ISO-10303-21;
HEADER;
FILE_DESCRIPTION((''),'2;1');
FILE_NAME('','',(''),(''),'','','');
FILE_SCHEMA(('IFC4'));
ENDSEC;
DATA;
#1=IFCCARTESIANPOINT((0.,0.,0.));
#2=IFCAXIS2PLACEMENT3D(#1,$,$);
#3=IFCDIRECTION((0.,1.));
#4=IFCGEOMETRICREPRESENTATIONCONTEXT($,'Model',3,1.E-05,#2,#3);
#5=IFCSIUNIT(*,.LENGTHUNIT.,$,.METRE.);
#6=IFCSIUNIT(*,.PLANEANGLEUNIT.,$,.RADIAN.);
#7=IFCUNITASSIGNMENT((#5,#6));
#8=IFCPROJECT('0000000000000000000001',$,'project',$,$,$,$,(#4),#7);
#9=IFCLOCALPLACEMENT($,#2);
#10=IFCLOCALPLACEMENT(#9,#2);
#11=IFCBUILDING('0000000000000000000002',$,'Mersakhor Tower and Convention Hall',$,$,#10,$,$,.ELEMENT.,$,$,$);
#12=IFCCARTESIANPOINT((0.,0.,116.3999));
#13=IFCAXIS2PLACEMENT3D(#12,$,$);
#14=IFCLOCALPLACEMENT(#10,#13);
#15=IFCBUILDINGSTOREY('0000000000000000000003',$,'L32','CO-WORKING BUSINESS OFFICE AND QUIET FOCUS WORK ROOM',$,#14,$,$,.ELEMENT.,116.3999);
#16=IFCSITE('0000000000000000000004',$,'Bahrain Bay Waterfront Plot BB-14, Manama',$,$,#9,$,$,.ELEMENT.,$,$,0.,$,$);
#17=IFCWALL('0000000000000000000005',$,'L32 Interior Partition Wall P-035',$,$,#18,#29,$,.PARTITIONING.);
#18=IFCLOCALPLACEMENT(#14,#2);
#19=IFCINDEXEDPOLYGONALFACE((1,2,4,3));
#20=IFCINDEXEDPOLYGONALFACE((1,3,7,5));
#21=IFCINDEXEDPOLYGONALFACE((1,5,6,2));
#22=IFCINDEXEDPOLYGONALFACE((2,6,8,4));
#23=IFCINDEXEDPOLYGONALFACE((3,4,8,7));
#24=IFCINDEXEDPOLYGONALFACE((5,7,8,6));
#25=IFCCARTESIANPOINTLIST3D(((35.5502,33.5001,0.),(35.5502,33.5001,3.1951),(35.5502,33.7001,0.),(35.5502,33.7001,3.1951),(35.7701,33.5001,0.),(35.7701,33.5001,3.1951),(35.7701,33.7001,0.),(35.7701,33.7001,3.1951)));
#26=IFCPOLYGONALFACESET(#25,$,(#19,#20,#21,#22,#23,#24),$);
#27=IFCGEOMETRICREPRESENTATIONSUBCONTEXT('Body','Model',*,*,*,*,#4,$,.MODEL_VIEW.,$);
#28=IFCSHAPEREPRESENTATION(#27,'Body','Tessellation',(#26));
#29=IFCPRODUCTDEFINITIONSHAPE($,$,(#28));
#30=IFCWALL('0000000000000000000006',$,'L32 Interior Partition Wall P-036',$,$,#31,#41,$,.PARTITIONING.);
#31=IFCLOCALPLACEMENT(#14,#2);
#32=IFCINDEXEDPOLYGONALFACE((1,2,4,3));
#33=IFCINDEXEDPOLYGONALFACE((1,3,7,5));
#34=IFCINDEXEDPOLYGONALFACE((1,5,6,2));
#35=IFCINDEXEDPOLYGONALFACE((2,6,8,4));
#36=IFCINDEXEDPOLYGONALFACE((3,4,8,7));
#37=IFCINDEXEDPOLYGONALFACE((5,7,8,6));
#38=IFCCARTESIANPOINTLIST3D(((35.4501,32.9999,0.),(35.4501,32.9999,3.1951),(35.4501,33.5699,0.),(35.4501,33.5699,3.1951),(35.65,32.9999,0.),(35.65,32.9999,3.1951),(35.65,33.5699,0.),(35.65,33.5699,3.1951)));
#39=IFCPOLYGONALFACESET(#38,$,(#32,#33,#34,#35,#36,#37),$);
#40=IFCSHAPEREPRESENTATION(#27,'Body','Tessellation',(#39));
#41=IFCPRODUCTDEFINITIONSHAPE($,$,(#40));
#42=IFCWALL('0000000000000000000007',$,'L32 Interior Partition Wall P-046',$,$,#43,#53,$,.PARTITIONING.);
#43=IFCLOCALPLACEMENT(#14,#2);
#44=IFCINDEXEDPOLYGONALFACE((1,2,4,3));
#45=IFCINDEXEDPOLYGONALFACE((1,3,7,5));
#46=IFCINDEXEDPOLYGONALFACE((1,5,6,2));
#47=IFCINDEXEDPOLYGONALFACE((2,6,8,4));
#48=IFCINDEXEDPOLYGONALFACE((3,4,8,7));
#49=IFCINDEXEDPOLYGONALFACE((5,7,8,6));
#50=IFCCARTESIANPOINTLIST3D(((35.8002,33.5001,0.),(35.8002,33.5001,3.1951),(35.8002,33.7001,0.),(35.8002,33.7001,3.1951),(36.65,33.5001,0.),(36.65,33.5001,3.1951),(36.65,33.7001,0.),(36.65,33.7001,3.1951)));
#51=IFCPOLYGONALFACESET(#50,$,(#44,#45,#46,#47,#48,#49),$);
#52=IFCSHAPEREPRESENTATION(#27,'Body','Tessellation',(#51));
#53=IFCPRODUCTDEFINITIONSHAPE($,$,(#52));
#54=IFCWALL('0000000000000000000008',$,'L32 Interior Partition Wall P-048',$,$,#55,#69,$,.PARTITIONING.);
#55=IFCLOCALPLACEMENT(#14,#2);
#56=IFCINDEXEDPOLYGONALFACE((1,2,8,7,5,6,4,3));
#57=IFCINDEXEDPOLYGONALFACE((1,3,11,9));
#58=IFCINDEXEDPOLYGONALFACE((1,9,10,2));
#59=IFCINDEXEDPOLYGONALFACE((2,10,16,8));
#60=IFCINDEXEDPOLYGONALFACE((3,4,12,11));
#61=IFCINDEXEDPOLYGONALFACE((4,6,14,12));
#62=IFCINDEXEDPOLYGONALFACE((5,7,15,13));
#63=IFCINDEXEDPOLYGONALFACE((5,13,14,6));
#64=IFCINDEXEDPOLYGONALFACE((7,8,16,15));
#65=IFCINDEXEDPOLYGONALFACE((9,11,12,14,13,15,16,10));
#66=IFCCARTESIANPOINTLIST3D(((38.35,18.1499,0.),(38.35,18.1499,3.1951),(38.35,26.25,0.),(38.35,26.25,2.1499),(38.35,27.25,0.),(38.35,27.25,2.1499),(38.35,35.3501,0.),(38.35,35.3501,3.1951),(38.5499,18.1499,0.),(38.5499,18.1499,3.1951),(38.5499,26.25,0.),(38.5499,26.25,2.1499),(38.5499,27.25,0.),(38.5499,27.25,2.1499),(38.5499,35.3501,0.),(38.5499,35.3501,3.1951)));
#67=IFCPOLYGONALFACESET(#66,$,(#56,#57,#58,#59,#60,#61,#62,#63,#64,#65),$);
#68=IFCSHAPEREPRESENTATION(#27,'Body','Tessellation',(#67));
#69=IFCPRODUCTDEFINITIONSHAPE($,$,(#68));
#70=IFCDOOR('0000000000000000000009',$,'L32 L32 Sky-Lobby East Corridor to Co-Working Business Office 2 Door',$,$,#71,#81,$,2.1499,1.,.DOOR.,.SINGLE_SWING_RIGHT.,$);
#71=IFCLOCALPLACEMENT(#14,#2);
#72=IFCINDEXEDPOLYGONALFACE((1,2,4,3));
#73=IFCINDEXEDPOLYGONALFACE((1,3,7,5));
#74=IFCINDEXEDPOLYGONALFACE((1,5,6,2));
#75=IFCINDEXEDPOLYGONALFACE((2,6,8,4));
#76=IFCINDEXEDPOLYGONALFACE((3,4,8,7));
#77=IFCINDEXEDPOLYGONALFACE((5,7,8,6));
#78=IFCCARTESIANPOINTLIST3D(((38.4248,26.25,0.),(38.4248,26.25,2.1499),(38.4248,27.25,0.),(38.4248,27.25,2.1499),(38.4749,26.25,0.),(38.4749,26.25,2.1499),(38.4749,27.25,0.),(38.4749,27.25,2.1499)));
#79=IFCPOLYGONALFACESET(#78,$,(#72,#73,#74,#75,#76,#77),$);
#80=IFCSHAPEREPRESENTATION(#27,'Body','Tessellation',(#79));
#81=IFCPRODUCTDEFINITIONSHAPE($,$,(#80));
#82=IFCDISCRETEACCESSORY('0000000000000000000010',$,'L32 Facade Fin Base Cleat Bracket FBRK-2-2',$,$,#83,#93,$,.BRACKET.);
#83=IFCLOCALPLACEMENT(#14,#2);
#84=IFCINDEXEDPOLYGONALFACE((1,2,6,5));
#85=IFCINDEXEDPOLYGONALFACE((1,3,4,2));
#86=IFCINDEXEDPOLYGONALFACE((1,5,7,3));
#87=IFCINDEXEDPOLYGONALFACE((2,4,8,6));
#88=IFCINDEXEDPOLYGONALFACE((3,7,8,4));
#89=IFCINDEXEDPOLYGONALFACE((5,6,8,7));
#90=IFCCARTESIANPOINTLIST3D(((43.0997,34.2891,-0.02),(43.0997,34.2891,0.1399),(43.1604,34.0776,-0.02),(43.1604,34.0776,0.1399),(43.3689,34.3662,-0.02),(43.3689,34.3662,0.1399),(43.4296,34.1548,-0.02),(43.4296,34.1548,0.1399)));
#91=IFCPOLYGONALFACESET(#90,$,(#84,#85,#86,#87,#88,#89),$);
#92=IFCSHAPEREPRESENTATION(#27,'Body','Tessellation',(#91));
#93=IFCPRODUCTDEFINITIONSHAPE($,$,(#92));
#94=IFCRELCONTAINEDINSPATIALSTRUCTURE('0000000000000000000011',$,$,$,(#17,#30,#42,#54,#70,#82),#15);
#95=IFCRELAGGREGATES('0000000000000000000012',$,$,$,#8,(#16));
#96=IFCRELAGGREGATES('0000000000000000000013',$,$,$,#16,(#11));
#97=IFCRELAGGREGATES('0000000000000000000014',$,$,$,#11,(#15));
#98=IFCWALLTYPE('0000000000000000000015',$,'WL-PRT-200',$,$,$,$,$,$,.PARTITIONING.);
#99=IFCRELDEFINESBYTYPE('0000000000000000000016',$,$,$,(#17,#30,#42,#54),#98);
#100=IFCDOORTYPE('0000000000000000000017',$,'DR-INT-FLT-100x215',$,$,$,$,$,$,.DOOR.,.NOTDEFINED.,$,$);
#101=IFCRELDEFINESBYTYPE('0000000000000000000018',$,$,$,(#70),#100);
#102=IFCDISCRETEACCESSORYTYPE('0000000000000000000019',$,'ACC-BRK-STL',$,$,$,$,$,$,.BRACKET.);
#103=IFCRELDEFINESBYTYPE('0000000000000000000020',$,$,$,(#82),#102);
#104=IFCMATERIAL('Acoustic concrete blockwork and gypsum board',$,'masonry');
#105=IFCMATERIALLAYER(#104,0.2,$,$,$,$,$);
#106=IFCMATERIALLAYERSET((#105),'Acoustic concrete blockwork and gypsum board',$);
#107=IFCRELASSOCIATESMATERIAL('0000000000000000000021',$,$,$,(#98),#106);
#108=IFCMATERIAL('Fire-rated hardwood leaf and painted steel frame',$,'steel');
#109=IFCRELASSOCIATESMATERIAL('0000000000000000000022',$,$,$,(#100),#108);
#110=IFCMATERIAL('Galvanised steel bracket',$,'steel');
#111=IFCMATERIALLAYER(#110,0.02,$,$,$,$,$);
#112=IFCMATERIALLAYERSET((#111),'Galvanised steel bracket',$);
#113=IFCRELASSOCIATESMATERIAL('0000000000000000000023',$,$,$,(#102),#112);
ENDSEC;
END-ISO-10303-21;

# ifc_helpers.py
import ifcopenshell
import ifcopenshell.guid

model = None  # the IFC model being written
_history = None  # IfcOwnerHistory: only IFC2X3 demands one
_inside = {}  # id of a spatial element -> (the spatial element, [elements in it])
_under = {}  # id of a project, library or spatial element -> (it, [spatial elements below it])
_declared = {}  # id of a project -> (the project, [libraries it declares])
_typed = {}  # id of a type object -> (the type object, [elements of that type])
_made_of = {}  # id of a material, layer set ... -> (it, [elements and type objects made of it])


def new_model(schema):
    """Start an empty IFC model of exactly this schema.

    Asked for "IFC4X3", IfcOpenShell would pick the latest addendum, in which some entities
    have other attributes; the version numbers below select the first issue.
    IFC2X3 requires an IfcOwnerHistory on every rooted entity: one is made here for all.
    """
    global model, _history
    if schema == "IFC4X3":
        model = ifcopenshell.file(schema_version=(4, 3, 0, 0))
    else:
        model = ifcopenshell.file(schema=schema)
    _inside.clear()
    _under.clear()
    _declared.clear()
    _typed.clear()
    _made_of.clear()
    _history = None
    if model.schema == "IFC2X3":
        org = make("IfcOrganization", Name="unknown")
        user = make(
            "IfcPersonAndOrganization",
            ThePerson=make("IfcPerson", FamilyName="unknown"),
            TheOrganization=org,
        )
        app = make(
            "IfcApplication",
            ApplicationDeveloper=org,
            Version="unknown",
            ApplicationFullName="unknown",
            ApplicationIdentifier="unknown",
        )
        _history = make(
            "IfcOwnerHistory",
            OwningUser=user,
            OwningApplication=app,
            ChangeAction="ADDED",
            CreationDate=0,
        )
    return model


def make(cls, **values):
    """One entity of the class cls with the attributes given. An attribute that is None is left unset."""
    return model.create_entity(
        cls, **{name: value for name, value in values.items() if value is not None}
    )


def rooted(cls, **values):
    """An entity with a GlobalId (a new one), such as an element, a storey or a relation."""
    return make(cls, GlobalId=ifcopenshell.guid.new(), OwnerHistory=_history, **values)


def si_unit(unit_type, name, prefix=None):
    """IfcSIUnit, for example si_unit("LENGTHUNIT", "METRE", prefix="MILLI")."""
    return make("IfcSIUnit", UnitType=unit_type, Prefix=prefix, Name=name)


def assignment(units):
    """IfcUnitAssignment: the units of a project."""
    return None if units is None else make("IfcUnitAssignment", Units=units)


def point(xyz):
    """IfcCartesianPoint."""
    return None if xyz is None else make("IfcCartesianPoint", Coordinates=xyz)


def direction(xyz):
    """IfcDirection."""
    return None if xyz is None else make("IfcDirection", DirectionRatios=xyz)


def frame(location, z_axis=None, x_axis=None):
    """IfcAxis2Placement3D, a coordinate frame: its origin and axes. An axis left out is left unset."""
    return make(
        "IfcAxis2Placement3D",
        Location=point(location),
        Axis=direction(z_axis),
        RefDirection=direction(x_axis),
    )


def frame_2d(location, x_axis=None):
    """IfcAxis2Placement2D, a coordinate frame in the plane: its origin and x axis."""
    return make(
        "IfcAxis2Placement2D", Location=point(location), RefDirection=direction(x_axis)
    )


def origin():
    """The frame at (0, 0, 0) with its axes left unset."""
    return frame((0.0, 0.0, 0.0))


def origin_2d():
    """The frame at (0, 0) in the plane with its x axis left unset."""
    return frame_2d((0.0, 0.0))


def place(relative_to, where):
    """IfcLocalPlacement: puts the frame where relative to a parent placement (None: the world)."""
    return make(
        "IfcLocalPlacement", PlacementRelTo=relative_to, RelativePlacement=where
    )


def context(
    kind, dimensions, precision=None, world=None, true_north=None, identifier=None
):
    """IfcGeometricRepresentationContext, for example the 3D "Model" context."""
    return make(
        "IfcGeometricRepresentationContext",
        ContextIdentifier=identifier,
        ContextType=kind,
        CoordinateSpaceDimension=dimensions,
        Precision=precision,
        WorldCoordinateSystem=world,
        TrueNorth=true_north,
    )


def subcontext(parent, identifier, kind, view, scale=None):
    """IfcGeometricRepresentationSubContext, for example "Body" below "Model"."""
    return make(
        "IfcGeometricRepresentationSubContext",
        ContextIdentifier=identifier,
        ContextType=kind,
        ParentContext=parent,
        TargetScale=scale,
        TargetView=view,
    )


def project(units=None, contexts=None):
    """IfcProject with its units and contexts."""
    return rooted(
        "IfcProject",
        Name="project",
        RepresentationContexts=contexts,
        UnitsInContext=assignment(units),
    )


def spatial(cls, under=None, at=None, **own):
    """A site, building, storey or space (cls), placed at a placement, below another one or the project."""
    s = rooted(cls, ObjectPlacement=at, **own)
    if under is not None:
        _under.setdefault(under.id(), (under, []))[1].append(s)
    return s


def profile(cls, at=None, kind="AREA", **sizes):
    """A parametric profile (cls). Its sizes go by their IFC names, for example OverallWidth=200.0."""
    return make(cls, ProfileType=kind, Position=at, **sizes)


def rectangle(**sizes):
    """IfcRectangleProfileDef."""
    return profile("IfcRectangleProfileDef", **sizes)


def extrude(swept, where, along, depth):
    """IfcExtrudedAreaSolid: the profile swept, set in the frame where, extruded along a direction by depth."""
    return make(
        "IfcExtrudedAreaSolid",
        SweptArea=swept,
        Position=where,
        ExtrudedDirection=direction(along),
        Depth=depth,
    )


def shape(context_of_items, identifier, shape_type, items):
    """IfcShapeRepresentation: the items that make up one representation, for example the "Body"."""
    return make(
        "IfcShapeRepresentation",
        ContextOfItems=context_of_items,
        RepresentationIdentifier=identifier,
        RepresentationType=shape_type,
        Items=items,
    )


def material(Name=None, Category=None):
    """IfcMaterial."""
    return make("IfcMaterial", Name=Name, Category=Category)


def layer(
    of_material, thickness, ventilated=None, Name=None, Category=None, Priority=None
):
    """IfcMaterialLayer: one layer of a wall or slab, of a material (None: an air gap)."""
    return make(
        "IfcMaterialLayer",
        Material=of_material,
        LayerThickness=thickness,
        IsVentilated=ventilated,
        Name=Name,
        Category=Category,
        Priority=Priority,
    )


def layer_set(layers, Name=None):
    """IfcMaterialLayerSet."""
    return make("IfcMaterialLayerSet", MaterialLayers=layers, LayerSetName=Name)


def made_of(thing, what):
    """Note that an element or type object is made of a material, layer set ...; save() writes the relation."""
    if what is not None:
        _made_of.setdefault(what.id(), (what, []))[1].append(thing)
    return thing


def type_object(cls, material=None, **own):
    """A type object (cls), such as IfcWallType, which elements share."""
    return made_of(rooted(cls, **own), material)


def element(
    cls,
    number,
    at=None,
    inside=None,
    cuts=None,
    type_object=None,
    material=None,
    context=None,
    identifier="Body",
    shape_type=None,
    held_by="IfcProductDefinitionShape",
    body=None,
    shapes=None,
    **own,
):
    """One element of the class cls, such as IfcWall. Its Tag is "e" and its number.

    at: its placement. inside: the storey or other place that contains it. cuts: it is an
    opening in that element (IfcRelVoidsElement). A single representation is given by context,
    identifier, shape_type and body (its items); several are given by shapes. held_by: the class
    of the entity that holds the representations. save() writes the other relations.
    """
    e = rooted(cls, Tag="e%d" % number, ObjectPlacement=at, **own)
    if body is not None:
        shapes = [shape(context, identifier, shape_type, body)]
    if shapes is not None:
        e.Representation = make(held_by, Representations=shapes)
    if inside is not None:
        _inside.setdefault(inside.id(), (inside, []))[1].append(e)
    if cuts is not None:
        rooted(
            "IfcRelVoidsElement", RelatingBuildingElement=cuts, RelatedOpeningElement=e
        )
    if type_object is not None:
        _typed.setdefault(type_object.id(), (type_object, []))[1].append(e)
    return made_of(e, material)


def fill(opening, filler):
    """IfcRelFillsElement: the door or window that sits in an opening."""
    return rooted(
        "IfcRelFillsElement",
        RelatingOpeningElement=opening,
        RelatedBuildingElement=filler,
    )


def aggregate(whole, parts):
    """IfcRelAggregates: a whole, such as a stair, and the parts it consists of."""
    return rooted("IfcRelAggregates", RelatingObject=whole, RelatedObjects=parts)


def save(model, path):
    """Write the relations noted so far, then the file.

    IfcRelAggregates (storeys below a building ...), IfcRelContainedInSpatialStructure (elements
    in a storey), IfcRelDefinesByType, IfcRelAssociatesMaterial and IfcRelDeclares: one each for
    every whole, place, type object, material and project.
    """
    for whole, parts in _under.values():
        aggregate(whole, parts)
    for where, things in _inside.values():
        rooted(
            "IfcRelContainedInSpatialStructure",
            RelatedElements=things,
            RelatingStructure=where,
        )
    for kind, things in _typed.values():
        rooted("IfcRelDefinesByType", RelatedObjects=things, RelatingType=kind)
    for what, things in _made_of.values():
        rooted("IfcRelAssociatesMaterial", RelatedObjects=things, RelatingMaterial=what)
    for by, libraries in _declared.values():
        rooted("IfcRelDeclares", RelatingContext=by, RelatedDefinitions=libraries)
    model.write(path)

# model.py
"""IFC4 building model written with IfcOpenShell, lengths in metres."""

from ifc_helpers import new_model, si_unit, direction, frame, frame_2d, origin, origin_2d, place, context, subcontext, project, spatial, rectangle, extrude, material, layer, layer_set, type_object, element, fill, save


model = new_model("IFC4")

# Units and contexts
model_context = context("Model", 3, precision=1e-05, world=origin(), true_north=direction((0.0, 1.0)))
body_context = subcontext(model_context, "Body", "Model", "MODEL_VIEW")
ifc_project = project(units=[si_unit("LENGTHUNIT", "METRE"), si_unit("PLANEANGLEUNIT", "RADIAN")], contexts=[model_context])

# Site, building, storey
site_placement = place(None, origin())
site = spatial("IfcSite", under=ifc_project, at=site_placement, Name="Bahrain Bay Waterfront Plot BB-14, Manama", CompositionType="ELEMENT", RefElevation=0.0)
building_placement = place(site_placement, origin())
building = spatial("IfcBuilding", under=site, at=building_placement, Name="Mersakhor Tower and Convention Hall", CompositionType="ELEMENT")
storey_placement = place(building_placement, frame((0.0, 0.0, 116.3999)))
storey = spatial("IfcBuildingStorey", under=building, at=storey_placement, Name="L32", Description="CO-WORKING BUSINESS OFFICE AND QUIET FOCUS WORK ROOM", CompositionType="ELEMENT", Elevation=116.3999)

# Shared definitions
ifc_material_1 = material(Name="Acoustic concrete blockwork and gypsum board", Category="masonry")
ifc_layer_1 = layer(ifc_material_1, 0.2)
ifc_layer_set_1 = layer_set([ifc_layer_1], Name="Acoustic concrete blockwork and gypsum board")
wall_type_1 = type_object("IfcWallType", Name="WL-PRT-200", PredefinedType="PARTITIONING", material=ifc_layer_set_1)
ifc_material_2 = material(Name="Fire-rated hardwood leaf and painted steel frame", Category="steel")
door_type = type_object("IfcDoorType", Name="DR-INT-FLT-100x215", OperationType="NOTDEFINED", PredefinedType="DOOR", material=ifc_material_2)

# Walls
wall_1_placement = place(storey_placement, frame((35.77, 33.6001, 0.0), z_axis=(0.0, 0.0, 1.0), x_axis=(-1.0, 0.0, 0.0)))
element("IfcWall", 1, at=wall_1_placement, inside=storey, type_object=wall_type_1, Name="L32 Interior Partition Wall P-035", PredefinedType="PARTITIONING", context=body_context, shape_type="SweptSolid", body=[
    extrude(rectangle(XDim=0.22, YDim=0.2, at=frame_2d((0.1099, 0.0))), origin(), (0.0, 0.0, 1.0), 3.1951),
])
wall_2_placement = place(storey_placement, frame((35.55, 33.5701, 0.0), z_axis=(0.0, 0.0, 1.0), x_axis=(0.0, -1.0, 0.0)))
element("IfcWall", 2, at=wall_2_placement, inside=storey, type_object=wall_type_1, Name="L32 Interior Partition Wall P-036", PredefinedType="PARTITIONING", context=body_context, shape_type="SweptSolid", body=[
    extrude(rectangle(XDim=0.5701, YDim=0.2, at=frame_2d((0.2852, 0.0))), origin(), (0.0, 0.0, 1.0), 3.1951),
])
wall_3_placement = place(storey_placement, frame((36.6499, 33.6001, 0.0), z_axis=(0.0, 0.0, 1.0), x_axis=(-1.0, 0.0, 0.0)))
element("IfcWall", 3, at=wall_3_placement, inside=storey, type_object=wall_type_1, Name="L32 Interior Partition Wall P-046", PredefinedType="PARTITIONING", context=body_context, shape_type="SweptSolid", body=[
    extrude(rectangle(XDim=0.8499, YDim=0.2, at=frame_2d((0.4248, 0.0))), origin(), (0.0, 0.0, 1.0), 3.1951),
])

# Wall, opening, door
wall_4_placement = place(storey_placement, frame((38.45, 35.3501, 0.0), z_axis=(0.0, 0.0, 1.0), x_axis=(0.0, -1.0, 0.0)))
wall_4 = element("IfcWall", 4, at=wall_4_placement, inside=storey, type_object=wall_type_1, Name="L32 Interior Partition Wall P-048", PredefinedType="PARTITIONING", context=body_context, shape_type="SweptSolid", body=[
    extrude(rectangle(XDim=17.2002, YDim=0.2, at=frame_2d((8.6001, 0.0))), origin(), (0.0, 0.0, 1.0), 3.1951),
])
opening_1_placement = place(wall_4_placement, frame((8.1001, 0.0, 0.0)))
opening_1 = element("IfcOpeningElement", 5, at=opening_1_placement, cuts=wall_4, PredefinedType="OPENING", context=body_context, shape_type="SweptSolid", body=[
    extrude(rectangle(XDim=1.0, YDim=2.1499, at=frame_2d((0.5, 1.075))), frame((0.0, 0.1099, 0.0), z_axis=(0.0, -1.0, 0.0), x_axis=(1.0, 0.0, 0.0)), (0.0, 0.0, 1.0), 0.22),
])
door_1_placement = place(opening_1_placement, origin())
door_1 = element("IfcDoor", 6, at=door_1_placement, inside=storey, type_object=door_type, Name="L32 L32 Sky-Lobby East Corridor to Co-Working Business Office 2 Door", OperationType="SINGLE_SWING_RIGHT", OverallHeight=2.1499, OverallWidth=1.0, PredefinedType="DOOR", context=body_context, shape_type="SweptSolid", body=[
    extrude(rectangle(XDim=1.0, YDim=2.1499, at=frame_2d((0.5, 1.075))), frame((0.0, 0.0249, 0.0), z_axis=(0.0, -1.0, 0.0), x_axis=(1.0, 0.0, 0.0)), (0.0, 0.0, 1.0), 0.05),
])
fill(opening_1, door_1)

# Discrete accessory
ifc_material_3 = material(Name="Galvanised steel bracket", Category="steel")
ifc_layer_2 = layer(ifc_material_3, 0.02)
ifc_layer_set_2 = layer_set([ifc_layer_2], Name="Galvanised steel bracket")
discrete_accessory_type = type_object("IfcDiscreteAccessoryType", Name="ACC-BRK-STL", PredefinedType="BRACKET", material=ifc_layer_set_2)
discrete_accessory_placement = place(storey_placement, frame((43.2646, 34.2219, -0.02), z_axis=(0.0, 0.0, 1.0), x_axis=(0.961262, 0.275637, 0.0)))
element("IfcDiscreteAccessory", 7, at=discrete_accessory_placement, inside=storey, type_object=discrete_accessory_type, Name="L32 Facade Fin Base Cleat Bracket FBRK-2-2", PredefinedType="BRACKET", context=body_context, shape_type="SweptSolid", body=[
    extrude(rectangle(XDim=0.28, YDim=0.22, at=origin_2d()), origin(), (0.0, 0.0, 1.0), 0.1599),
])

save(model, "model.ifc")
